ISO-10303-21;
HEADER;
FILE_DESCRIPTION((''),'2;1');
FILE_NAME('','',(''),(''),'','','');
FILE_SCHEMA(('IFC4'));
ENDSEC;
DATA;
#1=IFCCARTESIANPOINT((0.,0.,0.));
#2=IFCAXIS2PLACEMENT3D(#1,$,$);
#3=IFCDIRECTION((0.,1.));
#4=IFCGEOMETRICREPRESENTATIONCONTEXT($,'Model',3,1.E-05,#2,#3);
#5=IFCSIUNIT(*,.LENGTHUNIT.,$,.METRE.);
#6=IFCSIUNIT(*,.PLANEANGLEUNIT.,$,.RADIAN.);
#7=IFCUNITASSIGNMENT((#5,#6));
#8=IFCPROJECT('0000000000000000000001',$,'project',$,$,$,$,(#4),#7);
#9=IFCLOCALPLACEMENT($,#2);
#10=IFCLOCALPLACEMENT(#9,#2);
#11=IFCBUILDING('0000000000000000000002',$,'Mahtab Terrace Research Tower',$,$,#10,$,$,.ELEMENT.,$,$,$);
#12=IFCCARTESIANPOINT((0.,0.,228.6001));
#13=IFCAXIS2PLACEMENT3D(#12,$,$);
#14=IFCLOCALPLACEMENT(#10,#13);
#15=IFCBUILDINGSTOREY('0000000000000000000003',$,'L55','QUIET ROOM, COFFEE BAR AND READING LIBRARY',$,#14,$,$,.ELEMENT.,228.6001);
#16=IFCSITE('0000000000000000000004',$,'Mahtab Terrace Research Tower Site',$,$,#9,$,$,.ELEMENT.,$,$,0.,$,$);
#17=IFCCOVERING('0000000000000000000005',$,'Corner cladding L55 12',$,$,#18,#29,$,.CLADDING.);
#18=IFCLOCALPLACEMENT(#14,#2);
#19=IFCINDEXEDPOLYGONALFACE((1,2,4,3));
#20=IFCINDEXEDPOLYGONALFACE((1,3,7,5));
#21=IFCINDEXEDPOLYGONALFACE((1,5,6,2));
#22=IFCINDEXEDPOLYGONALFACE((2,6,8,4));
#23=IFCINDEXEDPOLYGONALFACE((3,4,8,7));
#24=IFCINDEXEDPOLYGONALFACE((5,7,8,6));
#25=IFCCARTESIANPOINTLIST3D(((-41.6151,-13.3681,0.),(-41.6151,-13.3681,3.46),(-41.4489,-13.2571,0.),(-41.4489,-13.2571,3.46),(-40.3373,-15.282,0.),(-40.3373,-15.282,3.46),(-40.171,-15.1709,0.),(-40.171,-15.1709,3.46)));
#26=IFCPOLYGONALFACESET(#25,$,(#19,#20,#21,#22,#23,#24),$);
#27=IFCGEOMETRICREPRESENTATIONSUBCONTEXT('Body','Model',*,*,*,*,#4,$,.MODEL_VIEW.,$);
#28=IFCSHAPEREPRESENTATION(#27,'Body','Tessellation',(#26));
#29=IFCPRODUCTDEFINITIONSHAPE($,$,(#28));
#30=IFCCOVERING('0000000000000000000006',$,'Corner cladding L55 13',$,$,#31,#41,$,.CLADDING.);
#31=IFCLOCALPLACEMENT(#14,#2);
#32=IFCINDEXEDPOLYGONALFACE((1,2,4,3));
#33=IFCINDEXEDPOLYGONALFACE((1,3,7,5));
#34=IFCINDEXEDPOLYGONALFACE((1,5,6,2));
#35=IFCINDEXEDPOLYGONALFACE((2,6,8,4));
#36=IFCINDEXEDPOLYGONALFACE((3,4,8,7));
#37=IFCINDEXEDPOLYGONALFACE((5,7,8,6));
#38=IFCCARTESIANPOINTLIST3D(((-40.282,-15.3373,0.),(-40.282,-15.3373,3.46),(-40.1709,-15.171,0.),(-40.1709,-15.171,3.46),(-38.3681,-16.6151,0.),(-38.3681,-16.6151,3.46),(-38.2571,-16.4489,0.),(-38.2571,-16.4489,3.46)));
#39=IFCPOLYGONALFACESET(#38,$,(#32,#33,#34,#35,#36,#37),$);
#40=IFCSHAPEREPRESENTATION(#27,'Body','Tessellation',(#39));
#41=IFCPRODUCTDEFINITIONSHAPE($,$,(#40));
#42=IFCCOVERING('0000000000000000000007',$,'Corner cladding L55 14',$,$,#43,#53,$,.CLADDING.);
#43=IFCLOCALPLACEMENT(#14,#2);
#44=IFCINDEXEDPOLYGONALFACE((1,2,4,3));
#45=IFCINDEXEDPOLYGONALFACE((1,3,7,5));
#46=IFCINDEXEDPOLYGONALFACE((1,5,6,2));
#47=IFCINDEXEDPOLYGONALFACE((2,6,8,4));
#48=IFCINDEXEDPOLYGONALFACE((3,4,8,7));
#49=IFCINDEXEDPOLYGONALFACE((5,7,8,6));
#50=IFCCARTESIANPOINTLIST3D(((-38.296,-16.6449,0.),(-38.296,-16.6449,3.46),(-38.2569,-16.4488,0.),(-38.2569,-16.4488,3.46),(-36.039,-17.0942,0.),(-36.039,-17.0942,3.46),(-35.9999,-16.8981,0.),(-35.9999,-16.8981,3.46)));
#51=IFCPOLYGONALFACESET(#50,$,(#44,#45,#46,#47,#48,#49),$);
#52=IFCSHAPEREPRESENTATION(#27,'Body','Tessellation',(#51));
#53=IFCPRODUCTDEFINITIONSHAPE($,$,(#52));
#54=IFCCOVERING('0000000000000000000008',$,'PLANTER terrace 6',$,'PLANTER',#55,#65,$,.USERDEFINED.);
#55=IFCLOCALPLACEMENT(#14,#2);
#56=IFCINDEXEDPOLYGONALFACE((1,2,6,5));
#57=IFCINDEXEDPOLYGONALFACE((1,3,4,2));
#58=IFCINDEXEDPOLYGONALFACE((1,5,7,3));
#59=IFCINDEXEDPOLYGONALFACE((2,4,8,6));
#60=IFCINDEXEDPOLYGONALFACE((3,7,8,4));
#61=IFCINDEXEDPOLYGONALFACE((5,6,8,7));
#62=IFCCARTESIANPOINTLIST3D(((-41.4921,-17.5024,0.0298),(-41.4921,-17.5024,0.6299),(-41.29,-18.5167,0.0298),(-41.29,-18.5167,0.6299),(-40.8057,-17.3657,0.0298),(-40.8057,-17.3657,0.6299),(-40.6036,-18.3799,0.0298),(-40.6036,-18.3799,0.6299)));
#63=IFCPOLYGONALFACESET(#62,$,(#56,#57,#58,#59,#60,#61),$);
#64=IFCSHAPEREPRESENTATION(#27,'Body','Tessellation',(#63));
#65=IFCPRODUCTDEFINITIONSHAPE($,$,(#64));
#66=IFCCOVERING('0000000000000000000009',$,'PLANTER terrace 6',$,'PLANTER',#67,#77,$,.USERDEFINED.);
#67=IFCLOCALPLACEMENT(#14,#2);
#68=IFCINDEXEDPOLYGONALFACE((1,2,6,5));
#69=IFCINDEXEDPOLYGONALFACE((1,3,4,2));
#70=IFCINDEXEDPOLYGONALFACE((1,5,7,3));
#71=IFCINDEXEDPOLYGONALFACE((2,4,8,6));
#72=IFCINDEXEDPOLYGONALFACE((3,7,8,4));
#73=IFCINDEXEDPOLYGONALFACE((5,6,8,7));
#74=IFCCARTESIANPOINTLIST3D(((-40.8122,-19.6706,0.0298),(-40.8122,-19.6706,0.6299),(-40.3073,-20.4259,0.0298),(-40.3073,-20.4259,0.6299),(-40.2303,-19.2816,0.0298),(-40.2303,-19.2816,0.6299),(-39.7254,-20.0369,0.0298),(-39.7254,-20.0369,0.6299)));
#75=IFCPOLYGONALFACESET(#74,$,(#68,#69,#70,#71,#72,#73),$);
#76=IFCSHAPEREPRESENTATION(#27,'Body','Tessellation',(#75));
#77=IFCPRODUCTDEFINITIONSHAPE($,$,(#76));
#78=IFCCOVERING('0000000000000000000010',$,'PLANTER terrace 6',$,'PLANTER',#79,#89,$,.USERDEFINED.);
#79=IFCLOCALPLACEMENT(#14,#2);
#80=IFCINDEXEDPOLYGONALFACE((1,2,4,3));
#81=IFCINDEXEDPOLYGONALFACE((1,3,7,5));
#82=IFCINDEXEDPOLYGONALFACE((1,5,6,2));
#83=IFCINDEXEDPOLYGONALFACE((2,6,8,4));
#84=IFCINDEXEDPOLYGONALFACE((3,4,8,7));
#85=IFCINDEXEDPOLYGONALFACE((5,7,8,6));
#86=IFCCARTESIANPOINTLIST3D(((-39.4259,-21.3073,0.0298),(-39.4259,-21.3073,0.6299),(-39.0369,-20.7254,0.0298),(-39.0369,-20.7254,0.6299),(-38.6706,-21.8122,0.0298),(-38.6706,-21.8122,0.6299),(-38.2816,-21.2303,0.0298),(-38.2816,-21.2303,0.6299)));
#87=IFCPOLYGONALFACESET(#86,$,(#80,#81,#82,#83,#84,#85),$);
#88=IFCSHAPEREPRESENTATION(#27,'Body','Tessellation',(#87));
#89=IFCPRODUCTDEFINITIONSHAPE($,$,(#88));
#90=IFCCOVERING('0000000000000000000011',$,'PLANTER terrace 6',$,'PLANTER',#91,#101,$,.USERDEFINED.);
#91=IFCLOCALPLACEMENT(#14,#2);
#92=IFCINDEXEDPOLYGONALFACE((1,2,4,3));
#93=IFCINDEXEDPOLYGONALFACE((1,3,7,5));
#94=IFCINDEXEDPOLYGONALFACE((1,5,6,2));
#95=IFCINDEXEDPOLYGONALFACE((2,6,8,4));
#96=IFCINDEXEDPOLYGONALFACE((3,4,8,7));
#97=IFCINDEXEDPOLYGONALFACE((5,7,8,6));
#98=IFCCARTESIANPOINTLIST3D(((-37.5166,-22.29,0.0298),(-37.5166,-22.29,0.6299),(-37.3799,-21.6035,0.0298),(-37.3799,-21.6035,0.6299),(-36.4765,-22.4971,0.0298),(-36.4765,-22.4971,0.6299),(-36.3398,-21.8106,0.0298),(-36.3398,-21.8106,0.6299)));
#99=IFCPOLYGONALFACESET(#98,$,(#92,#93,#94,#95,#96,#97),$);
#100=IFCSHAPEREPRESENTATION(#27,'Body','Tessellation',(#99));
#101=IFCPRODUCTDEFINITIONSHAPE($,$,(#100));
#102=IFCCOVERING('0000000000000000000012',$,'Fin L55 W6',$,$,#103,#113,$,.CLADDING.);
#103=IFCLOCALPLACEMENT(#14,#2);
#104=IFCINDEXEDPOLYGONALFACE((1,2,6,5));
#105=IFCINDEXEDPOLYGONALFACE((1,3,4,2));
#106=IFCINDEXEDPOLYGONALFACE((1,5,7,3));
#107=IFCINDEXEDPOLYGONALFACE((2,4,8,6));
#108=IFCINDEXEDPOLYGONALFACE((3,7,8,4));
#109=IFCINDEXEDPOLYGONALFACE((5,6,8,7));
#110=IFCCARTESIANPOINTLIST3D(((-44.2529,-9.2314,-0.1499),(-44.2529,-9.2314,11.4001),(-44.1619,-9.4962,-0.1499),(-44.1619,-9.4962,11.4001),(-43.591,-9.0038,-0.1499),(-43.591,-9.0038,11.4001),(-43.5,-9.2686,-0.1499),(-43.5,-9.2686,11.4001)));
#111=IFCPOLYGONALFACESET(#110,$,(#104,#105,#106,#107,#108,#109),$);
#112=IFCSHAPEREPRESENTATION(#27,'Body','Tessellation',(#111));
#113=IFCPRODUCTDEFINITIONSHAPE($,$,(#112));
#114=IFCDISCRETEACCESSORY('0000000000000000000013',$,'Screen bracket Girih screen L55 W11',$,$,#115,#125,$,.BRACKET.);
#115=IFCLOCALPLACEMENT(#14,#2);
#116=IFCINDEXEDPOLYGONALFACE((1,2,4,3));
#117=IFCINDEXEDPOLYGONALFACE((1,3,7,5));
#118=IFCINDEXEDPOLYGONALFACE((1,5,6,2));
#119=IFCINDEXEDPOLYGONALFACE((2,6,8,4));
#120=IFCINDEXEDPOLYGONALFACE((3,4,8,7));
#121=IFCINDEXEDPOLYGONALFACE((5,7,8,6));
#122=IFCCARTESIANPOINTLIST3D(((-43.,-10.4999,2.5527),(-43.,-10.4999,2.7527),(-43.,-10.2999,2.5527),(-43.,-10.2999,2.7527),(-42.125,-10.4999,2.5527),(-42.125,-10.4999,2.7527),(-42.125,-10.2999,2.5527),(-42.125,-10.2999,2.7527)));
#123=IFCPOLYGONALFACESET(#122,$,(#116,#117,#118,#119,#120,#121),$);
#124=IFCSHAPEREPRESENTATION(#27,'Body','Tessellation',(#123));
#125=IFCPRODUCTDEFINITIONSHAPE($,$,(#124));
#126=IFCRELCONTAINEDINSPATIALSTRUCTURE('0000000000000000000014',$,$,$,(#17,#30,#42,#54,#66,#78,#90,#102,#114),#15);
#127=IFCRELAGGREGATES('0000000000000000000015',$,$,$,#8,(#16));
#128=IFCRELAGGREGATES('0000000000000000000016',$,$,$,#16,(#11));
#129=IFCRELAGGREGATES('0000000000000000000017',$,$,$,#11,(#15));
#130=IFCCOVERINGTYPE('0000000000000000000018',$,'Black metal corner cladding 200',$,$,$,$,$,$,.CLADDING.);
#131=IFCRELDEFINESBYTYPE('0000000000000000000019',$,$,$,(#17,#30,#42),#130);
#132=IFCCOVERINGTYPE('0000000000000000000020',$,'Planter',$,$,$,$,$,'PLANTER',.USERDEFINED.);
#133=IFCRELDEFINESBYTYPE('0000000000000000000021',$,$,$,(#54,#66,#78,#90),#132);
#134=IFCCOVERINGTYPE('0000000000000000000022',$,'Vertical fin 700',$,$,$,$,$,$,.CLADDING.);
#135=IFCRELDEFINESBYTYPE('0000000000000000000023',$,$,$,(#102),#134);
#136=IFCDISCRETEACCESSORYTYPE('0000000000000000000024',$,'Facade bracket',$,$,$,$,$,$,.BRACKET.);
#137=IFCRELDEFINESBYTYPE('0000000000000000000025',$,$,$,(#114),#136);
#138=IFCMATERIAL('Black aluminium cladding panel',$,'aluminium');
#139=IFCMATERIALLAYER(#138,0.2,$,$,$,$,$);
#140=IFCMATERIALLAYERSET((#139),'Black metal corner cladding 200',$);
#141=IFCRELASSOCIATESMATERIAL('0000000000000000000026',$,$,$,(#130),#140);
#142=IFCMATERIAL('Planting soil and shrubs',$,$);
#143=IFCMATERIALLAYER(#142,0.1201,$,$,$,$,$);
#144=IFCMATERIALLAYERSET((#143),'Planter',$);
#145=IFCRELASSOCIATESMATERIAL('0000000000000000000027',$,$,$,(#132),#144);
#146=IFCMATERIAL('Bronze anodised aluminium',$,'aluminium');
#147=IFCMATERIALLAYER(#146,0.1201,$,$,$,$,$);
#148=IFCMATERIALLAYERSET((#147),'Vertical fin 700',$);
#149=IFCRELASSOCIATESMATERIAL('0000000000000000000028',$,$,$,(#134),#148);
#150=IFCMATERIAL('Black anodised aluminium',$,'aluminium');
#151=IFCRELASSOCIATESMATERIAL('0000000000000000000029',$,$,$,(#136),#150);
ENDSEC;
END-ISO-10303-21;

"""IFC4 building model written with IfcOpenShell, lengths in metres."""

from ifc_helpers import new_model, si_unit, direction, frame, origin, origin_2d, place, context, subcontext, project, spatial, rectangle, extrude, material, layer, layer_set, type_object, element, save


model = new_model("IFC4")

# Units and contexts
model_context = context("Model", 3, precision=1e-05, world=origin(), true_north=direction((0.0, 1.0)))
body_context = subcontext(model_context, "Body", "Model", "MODEL_VIEW")
ifc_project = project(units=[si_unit("LENGTHUNIT", "METRE"), si_unit("PLANEANGLEUNIT", "RADIAN")], contexts=[model_context])

# Site, building, storey
site_placement = place(None, origin())
site = spatial("IfcSite", under=ifc_project, at=site_placement, Name="Mahtab Terrace Research Tower Site", CompositionType="ELEMENT", RefElevation=0.0)
building_placement = place(site_placement, origin())
building = spatial("IfcBuilding", under=site, at=building_placement, Name="Mahtab Terrace Research Tower", CompositionType="ELEMENT")
storey_placement = place(building_placement, frame((0.0, 0.0, 228.6001)))
storey = spatial("IfcBuildingStorey", under=building, at=storey_placement, Name="L55", Description="QUIET ROOM, COFFEE BAR AND READING LIBRARY", CompositionType="ELEMENT", Elevation=228.6001)

# Shared definitions
ifc_material_1 = material(Name="Black aluminium cladding panel", Category="aluminium")
ifc_material_2 = material(Name="Black anodised aluminium", Category="aluminium")

# Coverings
ifc_layer_1 = layer(ifc_material_1, 0.2)
ifc_layer_set_1 = layer_set([ifc_layer_1], Name="Black metal corner cladding 200")
covering_type_1 = type_object("IfcCoveringType", Name="Black metal corner cladding 200", PredefinedType="CLADDING", material=ifc_layer_set_1)
for number, where, z_axis, x_axis, name in (
    (1, (-40.8931, -14.2695, 0.0), (0.0, 0.0, 1.0), (0.555291, -0.831656, 0.0), "Corner cladding L55 12"),
    (2, (-39.2695, -15.8931, 0.0), (0.0, 0.0, 1.0), (0.831656, -0.555291, 0.0), "Corner cladding L55 13"),
    (3, (-37.1479, -16.7715, 0.0), (0.0, 0.0, 1.0), (0.980761, -0.195212, 0.0), "Corner cladding L55 14"),
):
    element("IfcCovering", number, at=place(storey_placement, frame(where, z_axis=z_axis, x_axis=x_axis)), inside=storey, type_object=covering_type_1, Name=name, PredefinedType="CLADDING", context=body_context, shape_type="SweptSolid", body=[
        extrude(rectangle(XDim=2.3013, YDim=0.2, at=origin_2d()), origin(), (0.0, 0.0, 1.0), 3.46),
    ])
ifc_material_3 = material(Name="Planting soil and shrubs")
ifc_layer_2 = layer(ifc_material_3, 0.1201)
ifc_layer_set_2 = layer_set([ifc_layer_2], Name="Planter")
covering_type_2 = type_object("IfcCoveringType", Name="Planter", ElementType="PLANTER", PredefinedType="USERDEFINED", material=ifc_layer_set_2)
covering_1_placement = place(storey_placement, frame((-41.0479, -17.9412, 0.0298), z_axis=(0.0, 0.0, 1.0), x_axis=(0.195395, -0.980725, 0.0)))
element("IfcCovering", 4, at=covering_1_placement, inside=storey, type_object=covering_type_2, Name="PLANTER terrace 6", ObjectType="PLANTER", PredefinedType="USERDEFINED", context=body_context, shape_type="SweptSolid", body=[
    extrude(rectangle(XDim=1.0342, YDim=0.7, at=origin_2d()), origin(), (0.0, 0.0, 1.0), 0.6001),
])
for number, where, z_axis, x_axis, name in (
    (5, (-40.2688, -19.8538, 0.0298), (0.0, 0.0, 1.0), (0.555757, -0.831344, 0.0), "PLANTER terrace 6"),
    (6, (-38.8538, -21.2688, 0.0298), (0.0, 0.0, 1.0), (0.831344, -0.555757, 0.0), "PLANTER terrace 6"),
):
    element("IfcCovering", number, at=place(storey_placement, frame(where, z_axis=z_axis, x_axis=x_axis)), inside=storey, type_object=covering_type_2, Name=name, ObjectType="PLANTER", PredefinedType="USERDEFINED", context=body_context, shape_type="SweptSolid", body=[
        extrude(rectangle(XDim=0.9084, YDim=0.7, at=origin_2d()), origin(), (0.0, 0.0, 1.0), 0.6001),
    ])
covering_2_placement = place(storey_placement, frame((-36.9282, -22.0503, 0.0298), z_axis=(0.0, 0.0, 1.0), x_axis=(0.980743, -0.195304, 0.0)))
element("IfcCovering", 7, at=covering_2_placement, inside=storey, type_object=covering_type_2, Name="PLANTER terrace 6", ObjectType="PLANTER", PredefinedType="USERDEFINED", context=body_context, shape_type="SweptSolid", body=[
    extrude(rectangle(XDim=1.0605, YDim=0.7, at=origin_2d()), origin(), (0.0, 0.0, 1.0), 0.6001),
])

# Covering
ifc_material_4 = material(Name="Bronze anodised aluminium", Category="aluminium")
ifc_layer_3 = layer(ifc_material_4, 0.1201)
ifc_layer_set_3 = layer_set([ifc_layer_3], Name="Vertical fin 700")
covering_type_3 = type_object("IfcCoveringType", Name="Vertical fin 700", PredefinedType="CLADDING", material=ifc_layer_set_3)
covering_3_placement = place(storey_placement, frame((-43.8765, -9.25, -0.1499), z_axis=(0.0, 0.0, 1.0), x_axis=(0.325083, -0.945686, 0.0)))
element("IfcCovering", 8, at=covering_3_placement, inside=storey, type_object=covering_type_3, Name="Fin L55 W6", PredefinedType="CLADDING", context=body_context, shape_type="SweptSolid", body=[
    extrude(rectangle(XDim=0.28, YDim=0.7, at=origin_2d()), origin(), (0.0, 0.0, 1.0), 11.55),
])

# Discrete accessory
discrete_accessory_type = type_object("IfcDiscreteAccessoryType", Name="Facade bracket", PredefinedType="BRACKET", material=ifc_material_2)
discrete_accessory_placement = place(storey_placement, frame((-42.5625, -10.3999, 2.5527), z_axis=(0.0, 0.0, 1.0), x_axis=(0.0, -1.0, 0.0)))
element("IfcDiscreteAccessory", 9, at=discrete_accessory_placement, inside=storey, type_object=discrete_accessory_type, Name="Screen bracket Girih screen L55 W11", PredefinedType="BRACKET", context=body_context, shape_type="SweptSolid", body=[
    extrude(rectangle(XDim=0.2, YDim=0.875, at=origin_2d()), origin(), (0.0, 0.0, 1.0), 0.2),
])

save(model, "model.ifc")
